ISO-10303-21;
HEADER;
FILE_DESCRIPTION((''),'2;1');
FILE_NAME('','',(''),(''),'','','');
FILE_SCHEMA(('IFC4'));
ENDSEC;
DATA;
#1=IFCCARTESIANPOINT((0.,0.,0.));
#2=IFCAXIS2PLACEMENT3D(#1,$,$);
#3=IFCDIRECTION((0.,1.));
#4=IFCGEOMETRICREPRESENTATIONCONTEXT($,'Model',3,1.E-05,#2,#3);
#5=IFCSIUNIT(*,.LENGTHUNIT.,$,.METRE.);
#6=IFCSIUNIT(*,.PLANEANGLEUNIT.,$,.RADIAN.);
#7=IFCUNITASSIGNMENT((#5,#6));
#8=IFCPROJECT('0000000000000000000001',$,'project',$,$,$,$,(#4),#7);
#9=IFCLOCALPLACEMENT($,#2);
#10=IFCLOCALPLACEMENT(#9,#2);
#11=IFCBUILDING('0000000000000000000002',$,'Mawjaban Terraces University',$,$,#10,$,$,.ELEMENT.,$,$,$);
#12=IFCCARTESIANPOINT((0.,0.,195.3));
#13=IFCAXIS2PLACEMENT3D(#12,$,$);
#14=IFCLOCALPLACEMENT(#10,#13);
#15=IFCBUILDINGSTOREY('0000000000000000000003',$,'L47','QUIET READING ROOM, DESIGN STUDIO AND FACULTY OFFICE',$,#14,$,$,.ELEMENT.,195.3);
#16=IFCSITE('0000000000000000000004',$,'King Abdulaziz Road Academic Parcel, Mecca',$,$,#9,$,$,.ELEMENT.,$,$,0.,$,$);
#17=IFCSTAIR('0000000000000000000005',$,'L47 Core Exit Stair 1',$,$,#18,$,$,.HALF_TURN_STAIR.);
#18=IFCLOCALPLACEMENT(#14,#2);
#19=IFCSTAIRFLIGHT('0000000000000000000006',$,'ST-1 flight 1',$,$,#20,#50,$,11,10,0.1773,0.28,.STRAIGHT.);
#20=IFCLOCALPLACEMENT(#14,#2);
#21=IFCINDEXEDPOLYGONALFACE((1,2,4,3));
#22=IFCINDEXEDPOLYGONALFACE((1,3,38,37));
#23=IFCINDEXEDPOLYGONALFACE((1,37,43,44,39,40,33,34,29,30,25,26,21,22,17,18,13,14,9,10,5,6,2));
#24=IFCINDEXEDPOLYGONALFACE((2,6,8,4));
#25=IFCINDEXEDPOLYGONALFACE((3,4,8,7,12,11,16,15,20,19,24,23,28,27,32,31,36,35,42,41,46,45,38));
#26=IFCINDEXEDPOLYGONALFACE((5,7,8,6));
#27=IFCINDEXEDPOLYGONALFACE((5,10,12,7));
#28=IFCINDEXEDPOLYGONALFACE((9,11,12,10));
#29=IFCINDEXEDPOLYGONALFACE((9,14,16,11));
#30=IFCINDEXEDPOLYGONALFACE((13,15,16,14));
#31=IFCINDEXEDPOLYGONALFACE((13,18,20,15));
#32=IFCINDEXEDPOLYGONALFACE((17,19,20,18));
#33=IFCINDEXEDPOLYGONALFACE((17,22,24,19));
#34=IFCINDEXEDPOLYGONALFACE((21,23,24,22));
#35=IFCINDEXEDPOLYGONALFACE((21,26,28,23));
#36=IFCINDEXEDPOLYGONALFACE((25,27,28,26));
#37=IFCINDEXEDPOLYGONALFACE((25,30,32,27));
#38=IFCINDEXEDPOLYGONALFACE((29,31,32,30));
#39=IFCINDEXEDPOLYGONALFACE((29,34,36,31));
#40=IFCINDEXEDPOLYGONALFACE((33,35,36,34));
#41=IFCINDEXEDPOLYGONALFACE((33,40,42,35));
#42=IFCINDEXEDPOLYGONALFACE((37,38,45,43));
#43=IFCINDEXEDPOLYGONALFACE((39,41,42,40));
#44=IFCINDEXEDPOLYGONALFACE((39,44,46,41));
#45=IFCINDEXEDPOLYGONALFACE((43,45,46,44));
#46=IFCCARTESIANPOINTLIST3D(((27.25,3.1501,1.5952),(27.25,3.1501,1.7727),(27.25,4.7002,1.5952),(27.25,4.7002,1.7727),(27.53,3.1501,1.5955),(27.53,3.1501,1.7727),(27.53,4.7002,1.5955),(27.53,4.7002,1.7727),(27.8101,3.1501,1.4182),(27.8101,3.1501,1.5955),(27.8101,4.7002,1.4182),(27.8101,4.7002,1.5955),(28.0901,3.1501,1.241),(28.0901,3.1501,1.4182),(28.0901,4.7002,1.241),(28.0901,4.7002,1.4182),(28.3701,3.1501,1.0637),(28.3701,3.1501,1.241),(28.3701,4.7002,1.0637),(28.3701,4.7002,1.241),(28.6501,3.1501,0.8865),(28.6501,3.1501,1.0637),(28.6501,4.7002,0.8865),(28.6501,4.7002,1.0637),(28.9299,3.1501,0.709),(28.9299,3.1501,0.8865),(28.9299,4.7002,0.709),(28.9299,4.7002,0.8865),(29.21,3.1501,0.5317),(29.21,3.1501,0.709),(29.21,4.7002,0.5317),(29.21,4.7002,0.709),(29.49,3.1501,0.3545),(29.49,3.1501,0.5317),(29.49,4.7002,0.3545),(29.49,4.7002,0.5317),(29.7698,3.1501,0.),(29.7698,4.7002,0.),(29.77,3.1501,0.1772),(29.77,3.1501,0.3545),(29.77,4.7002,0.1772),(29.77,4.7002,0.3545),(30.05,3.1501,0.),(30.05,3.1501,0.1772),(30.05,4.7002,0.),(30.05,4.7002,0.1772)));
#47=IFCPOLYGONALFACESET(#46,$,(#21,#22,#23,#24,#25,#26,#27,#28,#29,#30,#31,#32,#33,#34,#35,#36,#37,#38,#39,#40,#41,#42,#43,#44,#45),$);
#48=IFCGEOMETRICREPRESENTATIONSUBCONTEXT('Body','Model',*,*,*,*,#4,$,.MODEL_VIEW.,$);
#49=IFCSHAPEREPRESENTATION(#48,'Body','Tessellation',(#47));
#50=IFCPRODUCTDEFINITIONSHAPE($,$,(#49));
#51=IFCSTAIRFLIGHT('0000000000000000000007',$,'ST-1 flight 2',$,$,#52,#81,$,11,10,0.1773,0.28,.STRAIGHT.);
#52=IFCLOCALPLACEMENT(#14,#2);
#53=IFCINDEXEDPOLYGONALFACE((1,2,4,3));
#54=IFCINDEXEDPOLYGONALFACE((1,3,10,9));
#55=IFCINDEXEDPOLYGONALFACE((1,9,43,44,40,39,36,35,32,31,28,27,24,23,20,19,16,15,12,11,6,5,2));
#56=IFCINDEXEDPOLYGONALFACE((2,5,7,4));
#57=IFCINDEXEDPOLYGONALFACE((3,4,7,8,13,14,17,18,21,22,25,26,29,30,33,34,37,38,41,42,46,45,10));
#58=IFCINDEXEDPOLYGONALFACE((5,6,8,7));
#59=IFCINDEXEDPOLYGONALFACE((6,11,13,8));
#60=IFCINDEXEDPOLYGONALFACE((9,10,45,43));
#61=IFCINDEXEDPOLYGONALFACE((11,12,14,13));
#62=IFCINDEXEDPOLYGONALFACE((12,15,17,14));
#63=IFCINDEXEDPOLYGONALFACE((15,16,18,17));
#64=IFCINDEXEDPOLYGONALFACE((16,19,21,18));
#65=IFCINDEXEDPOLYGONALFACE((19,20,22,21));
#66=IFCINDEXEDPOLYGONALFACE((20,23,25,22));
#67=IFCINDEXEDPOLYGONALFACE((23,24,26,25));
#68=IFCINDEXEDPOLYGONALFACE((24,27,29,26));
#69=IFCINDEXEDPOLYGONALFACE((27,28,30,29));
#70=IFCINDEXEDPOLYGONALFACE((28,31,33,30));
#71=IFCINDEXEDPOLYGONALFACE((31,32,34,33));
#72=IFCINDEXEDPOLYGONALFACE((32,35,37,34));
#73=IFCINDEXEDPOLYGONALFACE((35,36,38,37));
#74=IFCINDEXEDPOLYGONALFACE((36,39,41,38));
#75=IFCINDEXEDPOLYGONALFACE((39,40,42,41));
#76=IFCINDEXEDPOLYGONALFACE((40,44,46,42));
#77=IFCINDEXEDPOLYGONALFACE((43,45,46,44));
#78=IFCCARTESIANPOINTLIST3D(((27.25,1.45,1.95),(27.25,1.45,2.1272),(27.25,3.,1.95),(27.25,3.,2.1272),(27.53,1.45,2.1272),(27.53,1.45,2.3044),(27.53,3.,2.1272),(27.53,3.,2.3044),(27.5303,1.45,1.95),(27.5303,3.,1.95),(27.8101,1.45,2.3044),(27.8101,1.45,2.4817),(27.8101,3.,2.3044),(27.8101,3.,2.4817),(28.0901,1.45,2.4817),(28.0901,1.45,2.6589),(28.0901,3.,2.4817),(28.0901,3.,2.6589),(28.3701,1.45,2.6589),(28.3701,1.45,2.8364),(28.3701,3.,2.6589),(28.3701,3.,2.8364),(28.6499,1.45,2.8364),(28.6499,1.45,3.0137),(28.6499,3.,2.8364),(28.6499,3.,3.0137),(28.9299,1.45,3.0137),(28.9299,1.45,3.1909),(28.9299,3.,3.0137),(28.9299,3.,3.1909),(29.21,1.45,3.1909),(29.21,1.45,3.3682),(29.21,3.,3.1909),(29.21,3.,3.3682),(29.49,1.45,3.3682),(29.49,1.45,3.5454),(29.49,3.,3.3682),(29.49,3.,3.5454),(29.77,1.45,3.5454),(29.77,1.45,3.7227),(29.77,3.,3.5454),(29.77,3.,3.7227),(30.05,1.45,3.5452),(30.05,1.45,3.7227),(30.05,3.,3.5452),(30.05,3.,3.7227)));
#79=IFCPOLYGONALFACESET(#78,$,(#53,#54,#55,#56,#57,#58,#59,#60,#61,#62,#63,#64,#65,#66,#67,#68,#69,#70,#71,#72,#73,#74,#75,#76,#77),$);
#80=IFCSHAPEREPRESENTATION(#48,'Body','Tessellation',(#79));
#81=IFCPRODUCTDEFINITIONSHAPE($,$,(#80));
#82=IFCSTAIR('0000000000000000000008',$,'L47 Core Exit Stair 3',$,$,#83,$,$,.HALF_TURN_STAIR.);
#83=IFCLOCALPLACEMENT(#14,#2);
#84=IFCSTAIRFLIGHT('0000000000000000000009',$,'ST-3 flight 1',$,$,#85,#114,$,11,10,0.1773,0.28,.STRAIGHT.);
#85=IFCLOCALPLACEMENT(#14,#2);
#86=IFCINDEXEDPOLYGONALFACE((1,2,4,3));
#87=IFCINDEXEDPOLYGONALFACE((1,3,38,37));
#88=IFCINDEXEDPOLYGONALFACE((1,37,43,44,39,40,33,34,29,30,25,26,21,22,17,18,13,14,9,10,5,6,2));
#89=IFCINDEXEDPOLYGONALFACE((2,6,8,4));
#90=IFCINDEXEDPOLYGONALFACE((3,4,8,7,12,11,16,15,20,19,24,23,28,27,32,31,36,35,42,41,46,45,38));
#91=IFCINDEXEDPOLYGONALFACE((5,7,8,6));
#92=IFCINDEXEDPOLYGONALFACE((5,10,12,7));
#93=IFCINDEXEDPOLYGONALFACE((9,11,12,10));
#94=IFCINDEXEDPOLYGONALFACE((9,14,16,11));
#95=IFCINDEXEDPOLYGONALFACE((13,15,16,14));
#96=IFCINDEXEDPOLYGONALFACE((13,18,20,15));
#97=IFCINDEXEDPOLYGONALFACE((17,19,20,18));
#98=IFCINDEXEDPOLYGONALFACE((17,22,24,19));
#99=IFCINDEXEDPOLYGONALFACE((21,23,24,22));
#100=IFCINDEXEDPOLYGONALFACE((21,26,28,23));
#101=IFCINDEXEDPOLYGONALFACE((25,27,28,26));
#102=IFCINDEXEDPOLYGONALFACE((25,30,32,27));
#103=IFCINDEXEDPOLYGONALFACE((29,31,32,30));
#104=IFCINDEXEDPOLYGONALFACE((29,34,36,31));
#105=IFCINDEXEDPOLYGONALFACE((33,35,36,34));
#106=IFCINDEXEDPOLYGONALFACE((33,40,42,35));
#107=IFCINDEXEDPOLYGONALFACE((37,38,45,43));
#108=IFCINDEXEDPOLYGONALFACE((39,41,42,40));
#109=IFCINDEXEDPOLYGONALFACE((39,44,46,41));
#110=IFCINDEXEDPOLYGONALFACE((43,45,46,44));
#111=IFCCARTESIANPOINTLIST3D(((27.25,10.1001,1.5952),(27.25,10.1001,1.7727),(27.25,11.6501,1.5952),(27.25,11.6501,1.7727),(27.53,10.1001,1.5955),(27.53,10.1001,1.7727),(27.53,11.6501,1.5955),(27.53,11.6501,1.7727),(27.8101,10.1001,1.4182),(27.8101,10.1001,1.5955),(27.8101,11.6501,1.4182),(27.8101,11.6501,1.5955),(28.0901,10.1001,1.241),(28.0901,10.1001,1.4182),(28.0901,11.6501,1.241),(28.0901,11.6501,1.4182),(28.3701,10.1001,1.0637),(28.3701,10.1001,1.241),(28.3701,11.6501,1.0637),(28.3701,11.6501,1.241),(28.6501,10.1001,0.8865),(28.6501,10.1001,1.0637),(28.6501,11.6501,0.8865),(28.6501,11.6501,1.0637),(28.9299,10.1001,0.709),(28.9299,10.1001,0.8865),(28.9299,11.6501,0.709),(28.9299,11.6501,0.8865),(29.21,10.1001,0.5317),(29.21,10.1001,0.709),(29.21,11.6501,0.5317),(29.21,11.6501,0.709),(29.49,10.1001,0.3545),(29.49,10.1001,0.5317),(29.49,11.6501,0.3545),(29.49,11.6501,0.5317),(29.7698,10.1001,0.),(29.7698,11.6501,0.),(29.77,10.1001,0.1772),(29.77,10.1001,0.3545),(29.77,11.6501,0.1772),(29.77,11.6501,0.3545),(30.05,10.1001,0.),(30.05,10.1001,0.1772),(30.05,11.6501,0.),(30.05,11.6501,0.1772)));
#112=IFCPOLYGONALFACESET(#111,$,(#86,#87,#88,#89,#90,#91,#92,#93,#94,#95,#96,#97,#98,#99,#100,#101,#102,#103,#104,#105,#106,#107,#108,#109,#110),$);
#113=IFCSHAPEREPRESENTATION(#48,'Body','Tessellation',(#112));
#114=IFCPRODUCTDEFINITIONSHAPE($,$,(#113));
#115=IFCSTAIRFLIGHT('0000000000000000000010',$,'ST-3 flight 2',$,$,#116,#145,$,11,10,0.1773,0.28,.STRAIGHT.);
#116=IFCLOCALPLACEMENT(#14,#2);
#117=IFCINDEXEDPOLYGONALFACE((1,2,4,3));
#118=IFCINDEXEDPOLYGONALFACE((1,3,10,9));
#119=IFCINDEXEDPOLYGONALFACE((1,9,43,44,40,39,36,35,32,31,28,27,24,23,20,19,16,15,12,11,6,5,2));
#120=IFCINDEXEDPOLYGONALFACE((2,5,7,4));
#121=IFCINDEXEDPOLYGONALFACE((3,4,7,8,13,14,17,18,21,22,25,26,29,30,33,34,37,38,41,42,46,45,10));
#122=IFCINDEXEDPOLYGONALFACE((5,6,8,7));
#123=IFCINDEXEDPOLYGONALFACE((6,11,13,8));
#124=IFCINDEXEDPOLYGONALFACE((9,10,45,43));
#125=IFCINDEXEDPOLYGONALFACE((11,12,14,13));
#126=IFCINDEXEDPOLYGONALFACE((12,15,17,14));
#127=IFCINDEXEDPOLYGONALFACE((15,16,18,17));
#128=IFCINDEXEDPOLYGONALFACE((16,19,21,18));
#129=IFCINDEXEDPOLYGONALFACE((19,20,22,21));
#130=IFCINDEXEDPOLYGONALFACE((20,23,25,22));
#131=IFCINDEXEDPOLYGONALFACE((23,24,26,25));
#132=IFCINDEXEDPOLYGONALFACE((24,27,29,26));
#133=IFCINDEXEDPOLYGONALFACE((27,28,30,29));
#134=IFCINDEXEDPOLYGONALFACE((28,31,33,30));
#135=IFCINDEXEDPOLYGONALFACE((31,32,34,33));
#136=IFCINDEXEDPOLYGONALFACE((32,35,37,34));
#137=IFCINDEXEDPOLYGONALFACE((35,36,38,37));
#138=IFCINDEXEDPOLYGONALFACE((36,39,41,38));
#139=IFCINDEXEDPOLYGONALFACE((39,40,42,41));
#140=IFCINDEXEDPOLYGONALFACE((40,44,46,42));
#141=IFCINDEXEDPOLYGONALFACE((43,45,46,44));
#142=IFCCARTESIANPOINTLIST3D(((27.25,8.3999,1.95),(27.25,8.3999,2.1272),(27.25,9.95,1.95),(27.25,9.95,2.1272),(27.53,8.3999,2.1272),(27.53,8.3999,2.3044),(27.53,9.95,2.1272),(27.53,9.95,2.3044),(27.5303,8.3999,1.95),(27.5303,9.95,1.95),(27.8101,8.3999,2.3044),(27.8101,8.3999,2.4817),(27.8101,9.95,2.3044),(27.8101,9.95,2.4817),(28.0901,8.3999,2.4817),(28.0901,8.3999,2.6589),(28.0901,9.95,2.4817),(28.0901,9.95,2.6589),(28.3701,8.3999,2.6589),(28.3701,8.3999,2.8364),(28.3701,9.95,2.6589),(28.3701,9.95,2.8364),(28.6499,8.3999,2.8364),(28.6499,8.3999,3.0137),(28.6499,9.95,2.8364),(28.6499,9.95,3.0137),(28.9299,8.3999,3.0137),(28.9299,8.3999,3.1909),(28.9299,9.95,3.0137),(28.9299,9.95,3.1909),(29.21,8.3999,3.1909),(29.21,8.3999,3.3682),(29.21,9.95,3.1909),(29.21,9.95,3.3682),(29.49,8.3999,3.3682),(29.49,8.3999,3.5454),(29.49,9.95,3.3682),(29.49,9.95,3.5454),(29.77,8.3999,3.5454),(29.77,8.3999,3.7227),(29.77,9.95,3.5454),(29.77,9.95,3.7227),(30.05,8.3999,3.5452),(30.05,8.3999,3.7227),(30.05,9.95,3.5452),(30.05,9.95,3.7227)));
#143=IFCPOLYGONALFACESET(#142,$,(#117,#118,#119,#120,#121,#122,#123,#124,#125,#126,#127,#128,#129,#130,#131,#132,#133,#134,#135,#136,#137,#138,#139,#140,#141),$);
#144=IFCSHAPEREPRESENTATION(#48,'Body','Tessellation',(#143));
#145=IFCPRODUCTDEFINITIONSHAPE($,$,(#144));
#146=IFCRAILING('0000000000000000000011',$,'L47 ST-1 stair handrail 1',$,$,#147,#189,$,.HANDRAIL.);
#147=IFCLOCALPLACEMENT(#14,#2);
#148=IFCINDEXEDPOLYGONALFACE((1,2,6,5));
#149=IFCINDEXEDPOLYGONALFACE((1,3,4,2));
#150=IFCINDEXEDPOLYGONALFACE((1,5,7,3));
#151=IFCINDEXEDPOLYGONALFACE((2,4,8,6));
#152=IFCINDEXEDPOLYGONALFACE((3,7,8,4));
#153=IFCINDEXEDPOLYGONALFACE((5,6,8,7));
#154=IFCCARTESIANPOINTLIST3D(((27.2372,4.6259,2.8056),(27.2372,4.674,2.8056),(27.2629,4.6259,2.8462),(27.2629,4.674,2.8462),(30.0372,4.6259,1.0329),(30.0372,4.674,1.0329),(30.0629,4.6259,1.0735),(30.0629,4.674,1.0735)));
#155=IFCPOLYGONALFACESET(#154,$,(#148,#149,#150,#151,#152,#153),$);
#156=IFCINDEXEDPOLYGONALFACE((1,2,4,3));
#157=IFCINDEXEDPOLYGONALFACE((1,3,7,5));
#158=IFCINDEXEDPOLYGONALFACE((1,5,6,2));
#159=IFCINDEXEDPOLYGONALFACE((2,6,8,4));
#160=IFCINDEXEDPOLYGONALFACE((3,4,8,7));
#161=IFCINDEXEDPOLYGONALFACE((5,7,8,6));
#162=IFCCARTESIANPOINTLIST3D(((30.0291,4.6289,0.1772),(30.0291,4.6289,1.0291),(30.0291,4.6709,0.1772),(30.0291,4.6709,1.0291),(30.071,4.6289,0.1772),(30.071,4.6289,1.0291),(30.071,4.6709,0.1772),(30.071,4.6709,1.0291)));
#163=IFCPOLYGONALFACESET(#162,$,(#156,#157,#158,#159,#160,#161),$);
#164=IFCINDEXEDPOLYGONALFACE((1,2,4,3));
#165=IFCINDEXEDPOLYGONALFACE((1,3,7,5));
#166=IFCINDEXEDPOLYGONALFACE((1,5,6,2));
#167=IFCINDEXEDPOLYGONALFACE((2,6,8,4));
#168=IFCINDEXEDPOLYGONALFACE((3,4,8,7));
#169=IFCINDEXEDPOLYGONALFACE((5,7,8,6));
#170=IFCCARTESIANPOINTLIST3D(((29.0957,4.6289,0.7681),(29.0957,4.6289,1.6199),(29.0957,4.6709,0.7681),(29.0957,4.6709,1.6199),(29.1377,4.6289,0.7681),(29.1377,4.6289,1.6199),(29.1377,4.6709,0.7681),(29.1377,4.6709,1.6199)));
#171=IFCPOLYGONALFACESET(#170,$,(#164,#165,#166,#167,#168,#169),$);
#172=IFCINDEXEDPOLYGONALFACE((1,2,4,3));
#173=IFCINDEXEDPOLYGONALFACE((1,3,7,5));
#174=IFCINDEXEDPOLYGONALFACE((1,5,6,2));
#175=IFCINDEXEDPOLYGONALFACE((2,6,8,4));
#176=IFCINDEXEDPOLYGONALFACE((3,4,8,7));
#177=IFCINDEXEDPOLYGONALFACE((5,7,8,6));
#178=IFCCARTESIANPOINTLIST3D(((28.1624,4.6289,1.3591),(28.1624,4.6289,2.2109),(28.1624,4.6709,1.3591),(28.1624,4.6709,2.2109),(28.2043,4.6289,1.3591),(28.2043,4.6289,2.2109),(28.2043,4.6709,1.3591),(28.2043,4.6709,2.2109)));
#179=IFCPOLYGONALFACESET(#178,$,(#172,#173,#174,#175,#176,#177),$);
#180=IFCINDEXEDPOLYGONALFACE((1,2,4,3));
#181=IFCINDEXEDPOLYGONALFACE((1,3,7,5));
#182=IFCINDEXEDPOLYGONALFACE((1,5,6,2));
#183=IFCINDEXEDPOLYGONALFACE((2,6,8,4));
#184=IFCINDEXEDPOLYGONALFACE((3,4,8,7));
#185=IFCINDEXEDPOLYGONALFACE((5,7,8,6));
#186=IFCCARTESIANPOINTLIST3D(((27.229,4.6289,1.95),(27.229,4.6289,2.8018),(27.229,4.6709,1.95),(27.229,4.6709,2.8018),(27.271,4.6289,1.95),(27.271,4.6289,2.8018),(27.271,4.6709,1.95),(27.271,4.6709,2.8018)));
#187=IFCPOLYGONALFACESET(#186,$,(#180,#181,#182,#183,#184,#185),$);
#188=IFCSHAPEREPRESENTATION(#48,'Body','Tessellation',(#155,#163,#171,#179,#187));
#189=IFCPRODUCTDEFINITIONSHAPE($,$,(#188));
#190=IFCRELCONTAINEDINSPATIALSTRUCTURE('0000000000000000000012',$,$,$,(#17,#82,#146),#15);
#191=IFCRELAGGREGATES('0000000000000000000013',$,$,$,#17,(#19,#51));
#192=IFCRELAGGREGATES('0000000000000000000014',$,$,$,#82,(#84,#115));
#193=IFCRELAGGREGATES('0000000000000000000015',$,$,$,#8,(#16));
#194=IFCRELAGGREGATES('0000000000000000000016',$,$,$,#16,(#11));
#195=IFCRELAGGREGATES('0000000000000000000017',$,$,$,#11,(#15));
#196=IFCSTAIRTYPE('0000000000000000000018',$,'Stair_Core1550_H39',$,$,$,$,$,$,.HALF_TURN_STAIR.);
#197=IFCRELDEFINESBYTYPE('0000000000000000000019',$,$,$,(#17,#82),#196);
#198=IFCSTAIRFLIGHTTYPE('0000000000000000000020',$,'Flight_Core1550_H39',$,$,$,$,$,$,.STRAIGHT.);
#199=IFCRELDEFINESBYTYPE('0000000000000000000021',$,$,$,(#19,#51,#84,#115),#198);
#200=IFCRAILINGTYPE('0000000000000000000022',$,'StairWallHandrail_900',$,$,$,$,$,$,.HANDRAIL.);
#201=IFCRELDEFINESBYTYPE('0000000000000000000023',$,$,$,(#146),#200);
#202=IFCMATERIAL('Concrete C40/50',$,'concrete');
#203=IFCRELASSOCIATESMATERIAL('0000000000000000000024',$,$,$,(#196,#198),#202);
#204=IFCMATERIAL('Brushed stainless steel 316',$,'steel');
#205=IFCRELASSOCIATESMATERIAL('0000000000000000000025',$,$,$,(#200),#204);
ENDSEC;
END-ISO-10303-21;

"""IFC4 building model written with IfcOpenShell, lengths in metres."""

from ifc_helpers import new_model, si_unit, direction, frame, origin, origin_2d, place, context, subcontext, project, spatial, polyline, rectangle, outline, extrude, material, type_object, element, aggregate, save


model = new_model("IFC4")

# Units and contexts
model_context = context("Model", 3, precision=1e-05, world=origin(), true_north=direction((0.0, 1.0)))
body_context = subcontext(model_context, "Body", "Model", "MODEL_VIEW")
ifc_project = project(units=[si_unit("LENGTHUNIT", "METRE"), si_unit("PLANEANGLEUNIT", "RADIAN")], contexts=[model_context])

# Site, building, storey
site_placement = place(None, origin())
site = spatial("IfcSite", under=ifc_project, at=site_placement, Name="King Abdulaziz Road Academic Parcel, Mecca", CompositionType="ELEMENT", RefElevation=0.0)
building_placement = place(site_placement, origin())
building = spatial("IfcBuilding", under=site, at=building_placement, Name="Mawjaban Terraces University", CompositionType="ELEMENT")
storey_placement = place(building_placement, frame((0.0, 0.0, 195.3)))
storey = spatial("IfcBuildingStorey", under=building, at=storey_placement, Name="L47", Description="QUIET READING ROOM, DESIGN STUDIO AND FACULTY OFFICE", CompositionType="ELEMENT", Elevation=195.3)

# Stairs, stair flights
ifc_material_1 = material(Name="Concrete C40/50", Category="concrete")
stair_type = type_object("IfcStairType", Name="Stair_Core1550_H39", PredefinedType="HALF_TURN_STAIR", material=ifc_material_1)
stair_1_placement = place(storey_placement, origin())
stair_1 = element("IfcStair", 1, at=stair_1_placement, inside=storey, type_object=stair_type, Name="L47 Core Exit Stair 1", PredefinedType="HALF_TURN_STAIR")
stair_flight_type = type_object("IfcStairFlightType", Name="Flight_Core1550_H39", PredefinedType="STRAIGHT", material=ifc_material_1)
stair_flight_1_placement = place(storey_placement, frame((30.05, 3.925, 0.0), z_axis=(0.0, 0.0, 1.0), x_axis=(-1.0, 0.0, 0.0)))
stair_flight_1 = element("IfcStairFlight", 2, at=stair_flight_1_placement, type_object=stair_flight_type, Name="ST-1 flight 1", NumberOfRisers=11, NumberOfTreads=10, PredefinedType="STRAIGHT", RiserHeight=0.1773, TreadLength=0.28, context=body_context, shape_type="SweptSolid", body=[
    extrude(outline(polyline([(0.0, 0.0), (0.0, 0.1772), (0.28, 0.1772), (0.28, 0.3545), (0.5601, 0.3545), (0.5601, 0.5317), (0.8401, 0.5317), (0.8401, 0.709), (1.1201, 0.709), (1.1201, 0.8865), (1.3999, 0.8865), (1.3999, 1.0637), (1.6799, 1.0637), (1.6799, 1.241), (1.96, 1.241), (1.96, 1.4182), (2.24, 1.4182), (2.24, 1.5955), (2.52, 1.5955), (2.52, 1.7727), (2.8, 1.7727), (2.8, 1.95), (2.8, 1.5952), (0.2803, 0.0), (0.0, 0.0)])), frame((0.0, 0.7749, 0.0), z_axis=(0.0, -1.0, 0.0), x_axis=(1.0, 0.0, 0.0)), (0.0, 0.0, 1.0), 1.55),
])
stair_flight_2_placement = place(storey_placement, frame((27.25, 2.2251, 1.95), z_axis=(0.0, 0.0, 1.0), x_axis=(1.0, 0.0, 0.0)))
stair_flight_2 = element("IfcStairFlight", 3, at=stair_flight_2_placement, type_object=stair_flight_type, Name="ST-1 flight 2", NumberOfRisers=11, NumberOfTreads=10, PredefinedType="STRAIGHT", RiserHeight=0.1773, TreadLength=0.28, context=body_context, shape_type="SweptSolid", body=[
    extrude(outline(polyline([(0.0, 0.0), (0.0, 0.1772), (0.28, 0.1772), (0.28, 0.3545), (0.5601, 0.3545), (0.5601, 0.5317), (0.8401, 0.5317), (0.8401, 0.709), (1.1201, 0.709), (1.1201, 0.8865), (1.3999, 0.8865), (1.3999, 1.0637), (1.6799, 1.0637), (1.6799, 1.241), (1.96, 1.241), (1.96, 1.4182), (2.24, 1.4182), (2.24, 1.5955), (2.52, 1.5955), (2.52, 1.7727), (2.8, 1.7727), (2.8, 1.95), (2.8, 1.5952), (0.2803, 0.0), (0.0, 0.0)])), frame((0.0, 0.7749, 0.0), z_axis=(0.0, -1.0, 0.0), x_axis=(1.0, 0.0, 0.0)), (0.0, 0.0, 1.0), 1.55),
])
aggregate(stair_1, [stair_flight_1, stair_flight_2])
stair_2_placement = place(storey_placement, origin())
stair_2 = element("IfcStair", 4, at=stair_2_placement, inside=storey, type_object=stair_type, Name="L47 Core Exit Stair 3", PredefinedType="HALF_TURN_STAIR")
stair_flight_3_placement = place(storey_placement, frame((30.05, 10.875, 0.0), z_axis=(0.0, 0.0, 1.0), x_axis=(-1.0, 0.0, 0.0)))
stair_flight_3 = element("IfcStairFlight", 5, at=stair_flight_3_placement, type_object=stair_flight_type, Name="ST-3 flight 1", NumberOfRisers=11, NumberOfTreads=10, PredefinedType="STRAIGHT", RiserHeight=0.1773, TreadLength=0.28, context=body_context, shape_type="SweptSolid", body=[
    extrude(outline(polyline([(0.0, 0.0), (0.0, 0.1772), (0.28, 0.1772), (0.28, 0.3545), (0.5601, 0.3545), (0.5601, 0.5317), (0.8401, 0.5317), (0.8401, 0.709), (1.1201, 0.709), (1.1201, 0.8865), (1.3999, 0.8865), (1.3999, 1.0637), (1.6799, 1.0637), (1.6799, 1.241), (1.96, 1.241), (1.96, 1.4182), (2.24, 1.4182), (2.24, 1.5955), (2.52, 1.5955), (2.52, 1.7727), (2.8, 1.7727), (2.8, 1.95), (2.8, 1.5952), (0.2803, 0.0), (0.0, 0.0)])), frame((0.0, 0.7749, 0.0), z_axis=(0.0, -1.0, 0.0), x_axis=(1.0, 0.0, 0.0)), (0.0, 0.0, 1.0), 1.55),
])
stair_flight_4_placement = place(storey_placement, frame((27.25, 9.175, 1.95), z_axis=(0.0, 0.0, 1.0), x_axis=(1.0, 0.0, 0.0)))
stair_flight_4 = element("IfcStairFlight", 6, at=stair_flight_4_placement, type_object=stair_flight_type, Name="ST-3 flight 2", NumberOfRisers=11, NumberOfTreads=10, PredefinedType="STRAIGHT", RiserHeight=0.1773, TreadLength=0.28, context=body_context, shape_type="SweptSolid", body=[
    extrude(outline(polyline([(0.0, 0.0), (0.0, 0.1772), (0.28, 0.1772), (0.28, 0.3545), (0.5601, 0.3545), (0.5601, 0.5317), (0.8401, 0.5317), (0.8401, 0.709), (1.1201, 0.709), (1.1201, 0.8865), (1.3999, 0.8865), (1.3999, 1.0637), (1.6799, 1.0637), (1.6799, 1.241), (1.96, 1.241), (1.96, 1.4182), (2.24, 1.4182), (2.24, 1.5955), (2.52, 1.5955), (2.52, 1.7727), (2.8, 1.7727), (2.8, 1.95), (2.8, 1.5952), (0.2803, 0.0), (0.0, 0.0)])), frame((0.0, 0.7749, 0.0), z_axis=(0.0, -1.0, 0.0), x_axis=(1.0, 0.0, 0.0)), (0.0, 0.0, 1.0), 1.55),
])
aggregate(stair_2, [stair_flight_3, stair_flight_4])

# Railing
ifc_material_2 = material(Name="Brushed stainless steel 316", Category="steel")
railing_type_1 = type_object("IfcRailingType", Name="StairWallHandrail_900", PredefinedType="HANDRAIL", material=ifc_material_2)
railing_1_placement = place(storey_placement, frame((30.05, 4.6499, 0.1772)))
element("IfcRailing", 7, at=railing_1_placement, inside=storey, type_object=railing_type_1, Name="L47 ST-1 stair handrail 1", PredefinedType="HANDRAIL", context=body_context, shape_type="SweptSolid", body=[
    extrude(rectangle(XDim=0.0481, YDim=0.0481, at=origin_2d()), frame((0.0, 0.0, 0.876), z_axis=(-0.844909, 0.0, 0.53491), x_axis=(0.0, -1.0, 0.0)), (0.0, 0.0, 1.0), 3.314),
    extrude(rectangle(XDim=0.042, YDim=0.042, at=origin_2d()), origin(), (0.0, 0.0, 1.0), 0.8518),
    extrude(rectangle(XDim=0.042, YDim=0.042, at=origin_2d()), frame((-0.9333, 0.0, 0.5908)), (0.0, 0.0, 1.0), 0.8518),
    extrude(rectangle(XDim=0.042, YDim=0.042, at=origin_2d()), frame((-1.8667, 0.0, 1.1819)), (0.0, 0.0, 1.0), 0.8518),
    extrude(rectangle(XDim=0.042, YDim=0.042, at=origin_2d()), frame((-2.8, 0.0, 1.7727)), (0.0, 0.0, 1.0), 0.8518),
])

save(model, "model.ifc")
